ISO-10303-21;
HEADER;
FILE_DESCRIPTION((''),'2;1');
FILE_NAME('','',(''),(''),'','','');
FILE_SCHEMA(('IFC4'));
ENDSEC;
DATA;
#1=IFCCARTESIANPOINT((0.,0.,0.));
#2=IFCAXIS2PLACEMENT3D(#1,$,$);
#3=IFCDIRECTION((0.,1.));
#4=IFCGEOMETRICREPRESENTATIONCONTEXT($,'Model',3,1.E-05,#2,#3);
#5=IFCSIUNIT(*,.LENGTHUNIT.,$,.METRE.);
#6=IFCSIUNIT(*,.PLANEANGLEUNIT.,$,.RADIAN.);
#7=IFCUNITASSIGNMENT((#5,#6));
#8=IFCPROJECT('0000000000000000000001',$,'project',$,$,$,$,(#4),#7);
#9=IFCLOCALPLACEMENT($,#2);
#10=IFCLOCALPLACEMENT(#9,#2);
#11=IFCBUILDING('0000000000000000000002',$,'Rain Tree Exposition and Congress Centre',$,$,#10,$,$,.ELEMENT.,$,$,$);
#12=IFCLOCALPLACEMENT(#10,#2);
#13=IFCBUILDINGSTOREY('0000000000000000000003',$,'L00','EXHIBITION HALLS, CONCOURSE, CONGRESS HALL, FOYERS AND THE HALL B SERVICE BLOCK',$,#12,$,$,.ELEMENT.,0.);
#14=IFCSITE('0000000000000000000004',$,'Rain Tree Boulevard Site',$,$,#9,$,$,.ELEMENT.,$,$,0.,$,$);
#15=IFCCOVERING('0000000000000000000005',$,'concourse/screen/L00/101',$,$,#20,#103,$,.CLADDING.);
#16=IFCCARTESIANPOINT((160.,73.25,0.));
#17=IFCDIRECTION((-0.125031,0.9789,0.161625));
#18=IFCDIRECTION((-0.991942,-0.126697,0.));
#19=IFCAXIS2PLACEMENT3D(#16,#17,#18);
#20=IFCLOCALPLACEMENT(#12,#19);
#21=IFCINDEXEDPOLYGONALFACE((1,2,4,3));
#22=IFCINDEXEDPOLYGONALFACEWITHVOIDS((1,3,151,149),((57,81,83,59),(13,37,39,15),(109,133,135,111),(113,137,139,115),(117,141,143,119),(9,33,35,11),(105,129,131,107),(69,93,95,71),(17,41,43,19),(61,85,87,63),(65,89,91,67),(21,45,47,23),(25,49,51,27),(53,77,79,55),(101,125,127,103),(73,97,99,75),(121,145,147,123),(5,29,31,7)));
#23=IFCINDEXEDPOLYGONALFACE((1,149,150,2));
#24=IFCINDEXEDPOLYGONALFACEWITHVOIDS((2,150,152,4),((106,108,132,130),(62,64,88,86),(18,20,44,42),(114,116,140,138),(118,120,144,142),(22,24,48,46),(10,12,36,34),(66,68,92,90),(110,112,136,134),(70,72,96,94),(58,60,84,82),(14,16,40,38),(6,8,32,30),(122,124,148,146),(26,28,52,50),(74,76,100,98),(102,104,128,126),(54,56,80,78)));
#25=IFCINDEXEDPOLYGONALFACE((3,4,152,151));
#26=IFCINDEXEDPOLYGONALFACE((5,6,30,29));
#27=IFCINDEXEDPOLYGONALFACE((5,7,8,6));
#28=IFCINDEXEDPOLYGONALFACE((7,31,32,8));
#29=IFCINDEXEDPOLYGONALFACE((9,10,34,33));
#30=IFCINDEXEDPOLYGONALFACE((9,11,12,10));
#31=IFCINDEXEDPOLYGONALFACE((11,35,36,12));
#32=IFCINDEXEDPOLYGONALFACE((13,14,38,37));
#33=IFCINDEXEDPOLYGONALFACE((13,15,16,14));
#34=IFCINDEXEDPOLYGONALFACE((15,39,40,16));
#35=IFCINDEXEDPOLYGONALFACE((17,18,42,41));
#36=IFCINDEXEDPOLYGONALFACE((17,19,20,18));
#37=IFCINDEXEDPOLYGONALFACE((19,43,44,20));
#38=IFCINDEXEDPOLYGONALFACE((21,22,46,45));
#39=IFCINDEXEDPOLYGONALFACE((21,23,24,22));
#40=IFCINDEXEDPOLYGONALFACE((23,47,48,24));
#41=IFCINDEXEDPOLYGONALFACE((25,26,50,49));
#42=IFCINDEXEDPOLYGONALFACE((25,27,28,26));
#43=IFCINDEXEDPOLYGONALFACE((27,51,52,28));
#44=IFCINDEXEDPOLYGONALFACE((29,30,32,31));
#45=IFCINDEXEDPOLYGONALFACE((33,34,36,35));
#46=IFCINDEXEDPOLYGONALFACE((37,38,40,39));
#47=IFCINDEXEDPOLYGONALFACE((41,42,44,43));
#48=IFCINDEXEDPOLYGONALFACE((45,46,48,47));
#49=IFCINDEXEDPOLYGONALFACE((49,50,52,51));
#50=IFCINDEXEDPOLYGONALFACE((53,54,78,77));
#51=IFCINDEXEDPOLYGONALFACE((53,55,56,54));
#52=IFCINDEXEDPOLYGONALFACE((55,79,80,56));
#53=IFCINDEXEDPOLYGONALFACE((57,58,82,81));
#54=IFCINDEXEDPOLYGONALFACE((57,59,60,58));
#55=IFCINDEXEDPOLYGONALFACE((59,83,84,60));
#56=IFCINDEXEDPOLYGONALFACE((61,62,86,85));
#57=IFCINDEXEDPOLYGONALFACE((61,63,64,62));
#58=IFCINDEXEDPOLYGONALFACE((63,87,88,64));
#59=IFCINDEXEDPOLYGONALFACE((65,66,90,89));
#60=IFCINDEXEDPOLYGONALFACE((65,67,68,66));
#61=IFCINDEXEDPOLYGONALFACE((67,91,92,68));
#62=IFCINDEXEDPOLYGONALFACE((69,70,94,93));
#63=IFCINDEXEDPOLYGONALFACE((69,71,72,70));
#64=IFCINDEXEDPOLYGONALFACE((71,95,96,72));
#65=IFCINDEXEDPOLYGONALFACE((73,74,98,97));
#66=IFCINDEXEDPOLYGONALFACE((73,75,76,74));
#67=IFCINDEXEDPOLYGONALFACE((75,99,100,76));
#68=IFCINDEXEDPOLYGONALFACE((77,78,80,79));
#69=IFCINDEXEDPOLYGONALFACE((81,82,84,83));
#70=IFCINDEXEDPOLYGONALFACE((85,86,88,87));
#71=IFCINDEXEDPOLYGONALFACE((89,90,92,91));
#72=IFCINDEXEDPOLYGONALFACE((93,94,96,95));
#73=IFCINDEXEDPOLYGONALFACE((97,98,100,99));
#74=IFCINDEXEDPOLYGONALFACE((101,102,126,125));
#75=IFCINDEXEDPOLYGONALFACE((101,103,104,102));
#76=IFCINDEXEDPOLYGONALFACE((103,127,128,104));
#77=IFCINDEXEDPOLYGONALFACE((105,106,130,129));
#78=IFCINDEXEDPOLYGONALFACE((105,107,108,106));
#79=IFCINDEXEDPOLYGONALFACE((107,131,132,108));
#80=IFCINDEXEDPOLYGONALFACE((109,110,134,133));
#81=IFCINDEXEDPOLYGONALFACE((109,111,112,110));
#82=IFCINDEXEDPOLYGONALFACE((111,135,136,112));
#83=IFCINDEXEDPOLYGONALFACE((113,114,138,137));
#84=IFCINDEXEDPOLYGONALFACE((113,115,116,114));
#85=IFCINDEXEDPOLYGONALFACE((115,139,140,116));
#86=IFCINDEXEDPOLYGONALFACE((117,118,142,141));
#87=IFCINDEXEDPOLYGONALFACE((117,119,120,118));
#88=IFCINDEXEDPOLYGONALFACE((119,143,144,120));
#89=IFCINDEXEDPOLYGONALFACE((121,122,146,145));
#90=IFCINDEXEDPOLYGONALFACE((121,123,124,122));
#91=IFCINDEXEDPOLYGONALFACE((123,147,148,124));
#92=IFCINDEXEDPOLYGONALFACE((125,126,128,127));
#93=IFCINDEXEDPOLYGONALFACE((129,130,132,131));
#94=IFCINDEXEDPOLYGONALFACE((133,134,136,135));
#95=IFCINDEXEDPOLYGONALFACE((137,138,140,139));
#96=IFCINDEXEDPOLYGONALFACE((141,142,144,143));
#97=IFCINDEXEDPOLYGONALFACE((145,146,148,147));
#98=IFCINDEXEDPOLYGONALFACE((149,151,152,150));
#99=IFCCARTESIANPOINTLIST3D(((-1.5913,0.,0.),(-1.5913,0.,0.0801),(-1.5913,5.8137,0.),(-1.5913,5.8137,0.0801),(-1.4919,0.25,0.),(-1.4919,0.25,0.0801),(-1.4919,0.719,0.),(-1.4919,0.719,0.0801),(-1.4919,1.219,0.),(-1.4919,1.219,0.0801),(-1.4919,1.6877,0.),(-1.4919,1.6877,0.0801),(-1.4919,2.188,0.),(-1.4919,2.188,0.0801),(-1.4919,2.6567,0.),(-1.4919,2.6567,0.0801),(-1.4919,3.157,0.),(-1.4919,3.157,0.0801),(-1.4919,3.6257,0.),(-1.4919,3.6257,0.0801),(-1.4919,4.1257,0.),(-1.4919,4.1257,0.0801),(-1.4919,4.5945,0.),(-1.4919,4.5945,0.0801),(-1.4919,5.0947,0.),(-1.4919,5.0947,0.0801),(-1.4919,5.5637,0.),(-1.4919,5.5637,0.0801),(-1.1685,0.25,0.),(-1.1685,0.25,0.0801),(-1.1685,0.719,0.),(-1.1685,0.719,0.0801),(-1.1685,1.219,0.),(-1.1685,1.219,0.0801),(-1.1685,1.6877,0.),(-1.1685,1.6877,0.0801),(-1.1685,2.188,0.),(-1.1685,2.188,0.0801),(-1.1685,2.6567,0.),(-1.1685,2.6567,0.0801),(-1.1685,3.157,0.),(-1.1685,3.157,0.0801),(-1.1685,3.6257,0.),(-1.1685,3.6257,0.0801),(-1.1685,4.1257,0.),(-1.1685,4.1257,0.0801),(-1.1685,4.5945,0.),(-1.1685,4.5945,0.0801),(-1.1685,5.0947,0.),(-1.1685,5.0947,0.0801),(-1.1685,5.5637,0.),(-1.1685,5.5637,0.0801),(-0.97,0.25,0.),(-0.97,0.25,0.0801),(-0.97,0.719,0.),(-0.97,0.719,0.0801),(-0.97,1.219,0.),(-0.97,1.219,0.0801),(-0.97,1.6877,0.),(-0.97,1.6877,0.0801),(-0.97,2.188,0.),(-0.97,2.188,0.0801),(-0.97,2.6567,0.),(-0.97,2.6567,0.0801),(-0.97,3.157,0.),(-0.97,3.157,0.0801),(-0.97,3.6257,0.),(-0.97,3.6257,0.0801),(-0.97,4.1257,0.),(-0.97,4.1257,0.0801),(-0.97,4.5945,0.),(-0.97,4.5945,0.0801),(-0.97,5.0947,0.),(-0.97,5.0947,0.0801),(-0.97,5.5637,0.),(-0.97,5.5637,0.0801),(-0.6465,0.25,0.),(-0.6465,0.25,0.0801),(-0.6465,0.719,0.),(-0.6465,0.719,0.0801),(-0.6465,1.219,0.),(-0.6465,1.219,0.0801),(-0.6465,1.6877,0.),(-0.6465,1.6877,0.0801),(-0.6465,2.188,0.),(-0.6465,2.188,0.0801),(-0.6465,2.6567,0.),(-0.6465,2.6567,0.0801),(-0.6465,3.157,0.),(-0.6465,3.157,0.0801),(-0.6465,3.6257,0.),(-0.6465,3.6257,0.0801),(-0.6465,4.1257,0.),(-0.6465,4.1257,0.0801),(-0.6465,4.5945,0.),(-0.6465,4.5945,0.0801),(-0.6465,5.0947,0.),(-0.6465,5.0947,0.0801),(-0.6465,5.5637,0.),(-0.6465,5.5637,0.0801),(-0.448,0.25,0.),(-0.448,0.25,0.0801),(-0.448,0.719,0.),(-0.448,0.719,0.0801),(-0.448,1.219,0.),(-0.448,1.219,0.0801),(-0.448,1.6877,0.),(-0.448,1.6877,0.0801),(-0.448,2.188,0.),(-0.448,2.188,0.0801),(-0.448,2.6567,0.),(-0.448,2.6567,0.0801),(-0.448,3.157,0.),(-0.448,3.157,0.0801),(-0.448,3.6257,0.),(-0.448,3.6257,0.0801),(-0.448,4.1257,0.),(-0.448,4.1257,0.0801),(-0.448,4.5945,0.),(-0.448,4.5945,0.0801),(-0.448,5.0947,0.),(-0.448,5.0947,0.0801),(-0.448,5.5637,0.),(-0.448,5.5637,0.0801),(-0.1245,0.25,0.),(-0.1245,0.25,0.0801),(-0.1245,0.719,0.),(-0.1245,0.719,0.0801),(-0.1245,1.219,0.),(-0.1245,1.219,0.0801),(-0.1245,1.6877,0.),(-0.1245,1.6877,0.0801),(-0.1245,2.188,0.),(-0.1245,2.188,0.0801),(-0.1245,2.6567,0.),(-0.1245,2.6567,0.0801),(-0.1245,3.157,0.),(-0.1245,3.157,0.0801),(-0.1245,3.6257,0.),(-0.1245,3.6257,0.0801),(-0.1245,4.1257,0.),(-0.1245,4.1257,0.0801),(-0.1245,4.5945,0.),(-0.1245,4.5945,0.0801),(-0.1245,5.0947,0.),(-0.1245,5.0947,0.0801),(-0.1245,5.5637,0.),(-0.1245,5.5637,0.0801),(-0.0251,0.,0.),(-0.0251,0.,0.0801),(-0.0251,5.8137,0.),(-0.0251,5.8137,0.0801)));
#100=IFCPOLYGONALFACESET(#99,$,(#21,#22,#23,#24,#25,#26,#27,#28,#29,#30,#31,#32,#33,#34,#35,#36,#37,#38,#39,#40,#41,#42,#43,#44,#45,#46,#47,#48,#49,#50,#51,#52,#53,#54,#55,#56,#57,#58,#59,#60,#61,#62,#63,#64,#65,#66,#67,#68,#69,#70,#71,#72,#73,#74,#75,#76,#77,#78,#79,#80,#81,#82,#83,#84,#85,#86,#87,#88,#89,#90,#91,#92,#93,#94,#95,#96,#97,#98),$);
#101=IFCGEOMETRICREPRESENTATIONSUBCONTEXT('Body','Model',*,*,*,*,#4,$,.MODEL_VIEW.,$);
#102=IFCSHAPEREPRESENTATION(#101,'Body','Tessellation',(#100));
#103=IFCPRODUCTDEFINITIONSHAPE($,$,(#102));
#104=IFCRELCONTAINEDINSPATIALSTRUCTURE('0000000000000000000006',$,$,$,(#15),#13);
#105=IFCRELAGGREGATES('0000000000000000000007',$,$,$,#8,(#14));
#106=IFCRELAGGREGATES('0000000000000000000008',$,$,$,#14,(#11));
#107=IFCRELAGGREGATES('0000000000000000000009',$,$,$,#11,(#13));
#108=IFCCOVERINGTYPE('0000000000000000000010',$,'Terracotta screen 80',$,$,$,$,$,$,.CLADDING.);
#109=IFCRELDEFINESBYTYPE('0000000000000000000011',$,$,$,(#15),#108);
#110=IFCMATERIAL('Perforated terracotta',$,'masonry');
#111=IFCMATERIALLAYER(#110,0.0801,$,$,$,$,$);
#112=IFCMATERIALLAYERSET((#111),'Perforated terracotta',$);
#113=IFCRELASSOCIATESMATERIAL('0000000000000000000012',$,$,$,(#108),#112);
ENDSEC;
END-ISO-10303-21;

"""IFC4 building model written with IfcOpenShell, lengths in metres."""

from ifc_helpers import new_model, si_unit, direction, frame, origin, place, context, subcontext, project, spatial, polyline, outline, extrude, material, layer, layer_set, type_object, element, save


model = new_model("IFC4")

# Units and contexts
model_context = context("Model", 3, precision=1e-05, world=origin(), true_north=direction((0.0, 1.0)))
body_context = subcontext(model_context, "Body", "Model", "MODEL_VIEW")
ifc_project = project(units=[si_unit("LENGTHUNIT", "METRE"), si_unit("PLANEANGLEUNIT", "RADIAN")], contexts=[model_context])

# Site, building, storey
site_placement = place(None, origin())
site = spatial("IfcSite", under=ifc_project, at=site_placement, Name="Rain Tree Boulevard Site", CompositionType="ELEMENT", RefElevation=0.0)
building_placement = place(site_placement, origin())
building = spatial("IfcBuilding", under=site, at=building_placement, Name="Rain Tree Exposition and Congress Centre", CompositionType="ELEMENT")
storey_placement = place(building_placement, origin())
storey = spatial("IfcBuildingStorey", under=building, at=storey_placement, Name="L00", Description="EXHIBITION HALLS, CONCOURSE, CONGRESS HALL, FOYERS AND THE HALL B SERVICE BLOCK", CompositionType="ELEMENT", Elevation=0.0)

# Covering
ifc_material_1 = material(Name="Perforated terracotta", Category="masonry")
ifc_layer_1 = layer(ifc_material_1, 0.0801)
ifc_layer_set_1 = layer_set([ifc_layer_1], Name="Perforated terracotta")
covering_type = type_object("IfcCoveringType", Name="Terracotta screen 80", PredefinedType="CLADDING", material=ifc_layer_set_1)
covering_1_placement = place(storey_placement, frame((160.0, 73.25, 0.0), z_axis=(-0.125031, 0.9789, 0.161625), x_axis=(-0.991942, -0.126697, 0.0)))
element("IfcCovering", 1, at=covering_1_placement, inside=storey, type_object=covering_type, Name="concourse/screen/L00/101", PredefinedType="CLADDING", context=body_context, shape_type="SweptSolid", body=[
    extrude(outline(polyline([(-0.0251, 0.0), (-1.5913, 0.0), (-1.5913, 5.8137), (-0.0251, 5.8137), (-0.0251, 0.0)]), holes=[polyline([(-0.1245, 0.25), (-0.1245, 0.719), (-0.448, 0.719), (-0.448, 0.25), (-0.1245, 0.25)]), polyline([(-0.1245, 1.219), (-0.1245, 1.6877), (-0.448, 1.6877), (-0.448, 1.219), (-0.1245, 1.219)]), polyline([(-0.1245, 2.188), (-0.1245, 2.6567), (-0.448, 2.6567), (-0.448, 2.188), (-0.1245, 2.188)]), polyline([(-0.1245, 3.157), (-0.1245, 3.6257), (-0.448, 3.6257), (-0.448, 3.157), (-0.1245, 3.157)]), polyline([(-0.1245, 4.1257), (-0.1245, 4.5945), (-0.448, 4.5945), (-0.448, 4.1257), (-0.1245, 4.1257)]), polyline([(-0.1245, 5.0947), (-0.1245, 5.5637), (-0.448, 5.5637), (-0.448, 5.0947), (-0.1245, 5.0947)]), polyline([(-0.6465, 0.25), (-0.6465, 0.719), (-0.97, 0.719), (-0.97, 0.25), (-0.6465, 0.25)]), polyline([(-0.6465, 1.219), (-0.6465, 1.6877), (-0.97, 1.6877), (-0.97, 1.219), (-0.6465, 1.219)]), polyline([(-0.6465, 2.188), (-0.6465, 2.6567), (-0.97, 2.6567), (-0.97, 2.188), (-0.6465, 2.188)]), polyline([(-0.6465, 3.157), (-0.6465, 3.6257), (-0.97, 3.6257), (-0.97, 3.157), (-0.6465, 3.157)]), polyline([(-0.6465, 4.1257), (-0.6465, 4.5945), (-0.97, 4.5945), (-0.97, 4.1257), (-0.6465, 4.1257)]), polyline([(-0.6465, 5.0947), (-0.6465, 5.5637), (-0.97, 5.5637), (-0.97, 5.0947), (-0.6465, 5.0947)]), polyline([(-1.1685, 0.25), (-1.1685, 0.719), (-1.4919, 0.719), (-1.4919, 0.25), (-1.1685, 0.25)]), polyline([(-1.1685, 1.219), (-1.1685, 1.6877), (-1.4919, 1.6877), (-1.4919, 1.219), (-1.1685, 1.219)]), polyline([(-1.1685, 2.188), (-1.1685, 2.6567), (-1.4919, 2.6567), (-1.4919, 2.188), (-1.1685, 2.188)]), polyline([(-1.1685, 3.157), (-1.1685, 3.6257), (-1.4919, 3.6257), (-1.4919, 3.157), (-1.1685, 3.157)]), polyline([(-1.1685, 4.1257), (-1.1685, 4.5945), (-1.4919, 4.5945), (-1.4919, 4.1257), (-1.1685, 4.1257)]), polyline([(-1.1685, 5.0947), (-1.1685, 5.5637), (-1.4919, 5.5637), (-1.4919, 5.0947), (-1.1685, 5.0947)])]), origin(), (0.0, 0.0, 1.0), 0.0801),
])

save(model, "model.ifc")
